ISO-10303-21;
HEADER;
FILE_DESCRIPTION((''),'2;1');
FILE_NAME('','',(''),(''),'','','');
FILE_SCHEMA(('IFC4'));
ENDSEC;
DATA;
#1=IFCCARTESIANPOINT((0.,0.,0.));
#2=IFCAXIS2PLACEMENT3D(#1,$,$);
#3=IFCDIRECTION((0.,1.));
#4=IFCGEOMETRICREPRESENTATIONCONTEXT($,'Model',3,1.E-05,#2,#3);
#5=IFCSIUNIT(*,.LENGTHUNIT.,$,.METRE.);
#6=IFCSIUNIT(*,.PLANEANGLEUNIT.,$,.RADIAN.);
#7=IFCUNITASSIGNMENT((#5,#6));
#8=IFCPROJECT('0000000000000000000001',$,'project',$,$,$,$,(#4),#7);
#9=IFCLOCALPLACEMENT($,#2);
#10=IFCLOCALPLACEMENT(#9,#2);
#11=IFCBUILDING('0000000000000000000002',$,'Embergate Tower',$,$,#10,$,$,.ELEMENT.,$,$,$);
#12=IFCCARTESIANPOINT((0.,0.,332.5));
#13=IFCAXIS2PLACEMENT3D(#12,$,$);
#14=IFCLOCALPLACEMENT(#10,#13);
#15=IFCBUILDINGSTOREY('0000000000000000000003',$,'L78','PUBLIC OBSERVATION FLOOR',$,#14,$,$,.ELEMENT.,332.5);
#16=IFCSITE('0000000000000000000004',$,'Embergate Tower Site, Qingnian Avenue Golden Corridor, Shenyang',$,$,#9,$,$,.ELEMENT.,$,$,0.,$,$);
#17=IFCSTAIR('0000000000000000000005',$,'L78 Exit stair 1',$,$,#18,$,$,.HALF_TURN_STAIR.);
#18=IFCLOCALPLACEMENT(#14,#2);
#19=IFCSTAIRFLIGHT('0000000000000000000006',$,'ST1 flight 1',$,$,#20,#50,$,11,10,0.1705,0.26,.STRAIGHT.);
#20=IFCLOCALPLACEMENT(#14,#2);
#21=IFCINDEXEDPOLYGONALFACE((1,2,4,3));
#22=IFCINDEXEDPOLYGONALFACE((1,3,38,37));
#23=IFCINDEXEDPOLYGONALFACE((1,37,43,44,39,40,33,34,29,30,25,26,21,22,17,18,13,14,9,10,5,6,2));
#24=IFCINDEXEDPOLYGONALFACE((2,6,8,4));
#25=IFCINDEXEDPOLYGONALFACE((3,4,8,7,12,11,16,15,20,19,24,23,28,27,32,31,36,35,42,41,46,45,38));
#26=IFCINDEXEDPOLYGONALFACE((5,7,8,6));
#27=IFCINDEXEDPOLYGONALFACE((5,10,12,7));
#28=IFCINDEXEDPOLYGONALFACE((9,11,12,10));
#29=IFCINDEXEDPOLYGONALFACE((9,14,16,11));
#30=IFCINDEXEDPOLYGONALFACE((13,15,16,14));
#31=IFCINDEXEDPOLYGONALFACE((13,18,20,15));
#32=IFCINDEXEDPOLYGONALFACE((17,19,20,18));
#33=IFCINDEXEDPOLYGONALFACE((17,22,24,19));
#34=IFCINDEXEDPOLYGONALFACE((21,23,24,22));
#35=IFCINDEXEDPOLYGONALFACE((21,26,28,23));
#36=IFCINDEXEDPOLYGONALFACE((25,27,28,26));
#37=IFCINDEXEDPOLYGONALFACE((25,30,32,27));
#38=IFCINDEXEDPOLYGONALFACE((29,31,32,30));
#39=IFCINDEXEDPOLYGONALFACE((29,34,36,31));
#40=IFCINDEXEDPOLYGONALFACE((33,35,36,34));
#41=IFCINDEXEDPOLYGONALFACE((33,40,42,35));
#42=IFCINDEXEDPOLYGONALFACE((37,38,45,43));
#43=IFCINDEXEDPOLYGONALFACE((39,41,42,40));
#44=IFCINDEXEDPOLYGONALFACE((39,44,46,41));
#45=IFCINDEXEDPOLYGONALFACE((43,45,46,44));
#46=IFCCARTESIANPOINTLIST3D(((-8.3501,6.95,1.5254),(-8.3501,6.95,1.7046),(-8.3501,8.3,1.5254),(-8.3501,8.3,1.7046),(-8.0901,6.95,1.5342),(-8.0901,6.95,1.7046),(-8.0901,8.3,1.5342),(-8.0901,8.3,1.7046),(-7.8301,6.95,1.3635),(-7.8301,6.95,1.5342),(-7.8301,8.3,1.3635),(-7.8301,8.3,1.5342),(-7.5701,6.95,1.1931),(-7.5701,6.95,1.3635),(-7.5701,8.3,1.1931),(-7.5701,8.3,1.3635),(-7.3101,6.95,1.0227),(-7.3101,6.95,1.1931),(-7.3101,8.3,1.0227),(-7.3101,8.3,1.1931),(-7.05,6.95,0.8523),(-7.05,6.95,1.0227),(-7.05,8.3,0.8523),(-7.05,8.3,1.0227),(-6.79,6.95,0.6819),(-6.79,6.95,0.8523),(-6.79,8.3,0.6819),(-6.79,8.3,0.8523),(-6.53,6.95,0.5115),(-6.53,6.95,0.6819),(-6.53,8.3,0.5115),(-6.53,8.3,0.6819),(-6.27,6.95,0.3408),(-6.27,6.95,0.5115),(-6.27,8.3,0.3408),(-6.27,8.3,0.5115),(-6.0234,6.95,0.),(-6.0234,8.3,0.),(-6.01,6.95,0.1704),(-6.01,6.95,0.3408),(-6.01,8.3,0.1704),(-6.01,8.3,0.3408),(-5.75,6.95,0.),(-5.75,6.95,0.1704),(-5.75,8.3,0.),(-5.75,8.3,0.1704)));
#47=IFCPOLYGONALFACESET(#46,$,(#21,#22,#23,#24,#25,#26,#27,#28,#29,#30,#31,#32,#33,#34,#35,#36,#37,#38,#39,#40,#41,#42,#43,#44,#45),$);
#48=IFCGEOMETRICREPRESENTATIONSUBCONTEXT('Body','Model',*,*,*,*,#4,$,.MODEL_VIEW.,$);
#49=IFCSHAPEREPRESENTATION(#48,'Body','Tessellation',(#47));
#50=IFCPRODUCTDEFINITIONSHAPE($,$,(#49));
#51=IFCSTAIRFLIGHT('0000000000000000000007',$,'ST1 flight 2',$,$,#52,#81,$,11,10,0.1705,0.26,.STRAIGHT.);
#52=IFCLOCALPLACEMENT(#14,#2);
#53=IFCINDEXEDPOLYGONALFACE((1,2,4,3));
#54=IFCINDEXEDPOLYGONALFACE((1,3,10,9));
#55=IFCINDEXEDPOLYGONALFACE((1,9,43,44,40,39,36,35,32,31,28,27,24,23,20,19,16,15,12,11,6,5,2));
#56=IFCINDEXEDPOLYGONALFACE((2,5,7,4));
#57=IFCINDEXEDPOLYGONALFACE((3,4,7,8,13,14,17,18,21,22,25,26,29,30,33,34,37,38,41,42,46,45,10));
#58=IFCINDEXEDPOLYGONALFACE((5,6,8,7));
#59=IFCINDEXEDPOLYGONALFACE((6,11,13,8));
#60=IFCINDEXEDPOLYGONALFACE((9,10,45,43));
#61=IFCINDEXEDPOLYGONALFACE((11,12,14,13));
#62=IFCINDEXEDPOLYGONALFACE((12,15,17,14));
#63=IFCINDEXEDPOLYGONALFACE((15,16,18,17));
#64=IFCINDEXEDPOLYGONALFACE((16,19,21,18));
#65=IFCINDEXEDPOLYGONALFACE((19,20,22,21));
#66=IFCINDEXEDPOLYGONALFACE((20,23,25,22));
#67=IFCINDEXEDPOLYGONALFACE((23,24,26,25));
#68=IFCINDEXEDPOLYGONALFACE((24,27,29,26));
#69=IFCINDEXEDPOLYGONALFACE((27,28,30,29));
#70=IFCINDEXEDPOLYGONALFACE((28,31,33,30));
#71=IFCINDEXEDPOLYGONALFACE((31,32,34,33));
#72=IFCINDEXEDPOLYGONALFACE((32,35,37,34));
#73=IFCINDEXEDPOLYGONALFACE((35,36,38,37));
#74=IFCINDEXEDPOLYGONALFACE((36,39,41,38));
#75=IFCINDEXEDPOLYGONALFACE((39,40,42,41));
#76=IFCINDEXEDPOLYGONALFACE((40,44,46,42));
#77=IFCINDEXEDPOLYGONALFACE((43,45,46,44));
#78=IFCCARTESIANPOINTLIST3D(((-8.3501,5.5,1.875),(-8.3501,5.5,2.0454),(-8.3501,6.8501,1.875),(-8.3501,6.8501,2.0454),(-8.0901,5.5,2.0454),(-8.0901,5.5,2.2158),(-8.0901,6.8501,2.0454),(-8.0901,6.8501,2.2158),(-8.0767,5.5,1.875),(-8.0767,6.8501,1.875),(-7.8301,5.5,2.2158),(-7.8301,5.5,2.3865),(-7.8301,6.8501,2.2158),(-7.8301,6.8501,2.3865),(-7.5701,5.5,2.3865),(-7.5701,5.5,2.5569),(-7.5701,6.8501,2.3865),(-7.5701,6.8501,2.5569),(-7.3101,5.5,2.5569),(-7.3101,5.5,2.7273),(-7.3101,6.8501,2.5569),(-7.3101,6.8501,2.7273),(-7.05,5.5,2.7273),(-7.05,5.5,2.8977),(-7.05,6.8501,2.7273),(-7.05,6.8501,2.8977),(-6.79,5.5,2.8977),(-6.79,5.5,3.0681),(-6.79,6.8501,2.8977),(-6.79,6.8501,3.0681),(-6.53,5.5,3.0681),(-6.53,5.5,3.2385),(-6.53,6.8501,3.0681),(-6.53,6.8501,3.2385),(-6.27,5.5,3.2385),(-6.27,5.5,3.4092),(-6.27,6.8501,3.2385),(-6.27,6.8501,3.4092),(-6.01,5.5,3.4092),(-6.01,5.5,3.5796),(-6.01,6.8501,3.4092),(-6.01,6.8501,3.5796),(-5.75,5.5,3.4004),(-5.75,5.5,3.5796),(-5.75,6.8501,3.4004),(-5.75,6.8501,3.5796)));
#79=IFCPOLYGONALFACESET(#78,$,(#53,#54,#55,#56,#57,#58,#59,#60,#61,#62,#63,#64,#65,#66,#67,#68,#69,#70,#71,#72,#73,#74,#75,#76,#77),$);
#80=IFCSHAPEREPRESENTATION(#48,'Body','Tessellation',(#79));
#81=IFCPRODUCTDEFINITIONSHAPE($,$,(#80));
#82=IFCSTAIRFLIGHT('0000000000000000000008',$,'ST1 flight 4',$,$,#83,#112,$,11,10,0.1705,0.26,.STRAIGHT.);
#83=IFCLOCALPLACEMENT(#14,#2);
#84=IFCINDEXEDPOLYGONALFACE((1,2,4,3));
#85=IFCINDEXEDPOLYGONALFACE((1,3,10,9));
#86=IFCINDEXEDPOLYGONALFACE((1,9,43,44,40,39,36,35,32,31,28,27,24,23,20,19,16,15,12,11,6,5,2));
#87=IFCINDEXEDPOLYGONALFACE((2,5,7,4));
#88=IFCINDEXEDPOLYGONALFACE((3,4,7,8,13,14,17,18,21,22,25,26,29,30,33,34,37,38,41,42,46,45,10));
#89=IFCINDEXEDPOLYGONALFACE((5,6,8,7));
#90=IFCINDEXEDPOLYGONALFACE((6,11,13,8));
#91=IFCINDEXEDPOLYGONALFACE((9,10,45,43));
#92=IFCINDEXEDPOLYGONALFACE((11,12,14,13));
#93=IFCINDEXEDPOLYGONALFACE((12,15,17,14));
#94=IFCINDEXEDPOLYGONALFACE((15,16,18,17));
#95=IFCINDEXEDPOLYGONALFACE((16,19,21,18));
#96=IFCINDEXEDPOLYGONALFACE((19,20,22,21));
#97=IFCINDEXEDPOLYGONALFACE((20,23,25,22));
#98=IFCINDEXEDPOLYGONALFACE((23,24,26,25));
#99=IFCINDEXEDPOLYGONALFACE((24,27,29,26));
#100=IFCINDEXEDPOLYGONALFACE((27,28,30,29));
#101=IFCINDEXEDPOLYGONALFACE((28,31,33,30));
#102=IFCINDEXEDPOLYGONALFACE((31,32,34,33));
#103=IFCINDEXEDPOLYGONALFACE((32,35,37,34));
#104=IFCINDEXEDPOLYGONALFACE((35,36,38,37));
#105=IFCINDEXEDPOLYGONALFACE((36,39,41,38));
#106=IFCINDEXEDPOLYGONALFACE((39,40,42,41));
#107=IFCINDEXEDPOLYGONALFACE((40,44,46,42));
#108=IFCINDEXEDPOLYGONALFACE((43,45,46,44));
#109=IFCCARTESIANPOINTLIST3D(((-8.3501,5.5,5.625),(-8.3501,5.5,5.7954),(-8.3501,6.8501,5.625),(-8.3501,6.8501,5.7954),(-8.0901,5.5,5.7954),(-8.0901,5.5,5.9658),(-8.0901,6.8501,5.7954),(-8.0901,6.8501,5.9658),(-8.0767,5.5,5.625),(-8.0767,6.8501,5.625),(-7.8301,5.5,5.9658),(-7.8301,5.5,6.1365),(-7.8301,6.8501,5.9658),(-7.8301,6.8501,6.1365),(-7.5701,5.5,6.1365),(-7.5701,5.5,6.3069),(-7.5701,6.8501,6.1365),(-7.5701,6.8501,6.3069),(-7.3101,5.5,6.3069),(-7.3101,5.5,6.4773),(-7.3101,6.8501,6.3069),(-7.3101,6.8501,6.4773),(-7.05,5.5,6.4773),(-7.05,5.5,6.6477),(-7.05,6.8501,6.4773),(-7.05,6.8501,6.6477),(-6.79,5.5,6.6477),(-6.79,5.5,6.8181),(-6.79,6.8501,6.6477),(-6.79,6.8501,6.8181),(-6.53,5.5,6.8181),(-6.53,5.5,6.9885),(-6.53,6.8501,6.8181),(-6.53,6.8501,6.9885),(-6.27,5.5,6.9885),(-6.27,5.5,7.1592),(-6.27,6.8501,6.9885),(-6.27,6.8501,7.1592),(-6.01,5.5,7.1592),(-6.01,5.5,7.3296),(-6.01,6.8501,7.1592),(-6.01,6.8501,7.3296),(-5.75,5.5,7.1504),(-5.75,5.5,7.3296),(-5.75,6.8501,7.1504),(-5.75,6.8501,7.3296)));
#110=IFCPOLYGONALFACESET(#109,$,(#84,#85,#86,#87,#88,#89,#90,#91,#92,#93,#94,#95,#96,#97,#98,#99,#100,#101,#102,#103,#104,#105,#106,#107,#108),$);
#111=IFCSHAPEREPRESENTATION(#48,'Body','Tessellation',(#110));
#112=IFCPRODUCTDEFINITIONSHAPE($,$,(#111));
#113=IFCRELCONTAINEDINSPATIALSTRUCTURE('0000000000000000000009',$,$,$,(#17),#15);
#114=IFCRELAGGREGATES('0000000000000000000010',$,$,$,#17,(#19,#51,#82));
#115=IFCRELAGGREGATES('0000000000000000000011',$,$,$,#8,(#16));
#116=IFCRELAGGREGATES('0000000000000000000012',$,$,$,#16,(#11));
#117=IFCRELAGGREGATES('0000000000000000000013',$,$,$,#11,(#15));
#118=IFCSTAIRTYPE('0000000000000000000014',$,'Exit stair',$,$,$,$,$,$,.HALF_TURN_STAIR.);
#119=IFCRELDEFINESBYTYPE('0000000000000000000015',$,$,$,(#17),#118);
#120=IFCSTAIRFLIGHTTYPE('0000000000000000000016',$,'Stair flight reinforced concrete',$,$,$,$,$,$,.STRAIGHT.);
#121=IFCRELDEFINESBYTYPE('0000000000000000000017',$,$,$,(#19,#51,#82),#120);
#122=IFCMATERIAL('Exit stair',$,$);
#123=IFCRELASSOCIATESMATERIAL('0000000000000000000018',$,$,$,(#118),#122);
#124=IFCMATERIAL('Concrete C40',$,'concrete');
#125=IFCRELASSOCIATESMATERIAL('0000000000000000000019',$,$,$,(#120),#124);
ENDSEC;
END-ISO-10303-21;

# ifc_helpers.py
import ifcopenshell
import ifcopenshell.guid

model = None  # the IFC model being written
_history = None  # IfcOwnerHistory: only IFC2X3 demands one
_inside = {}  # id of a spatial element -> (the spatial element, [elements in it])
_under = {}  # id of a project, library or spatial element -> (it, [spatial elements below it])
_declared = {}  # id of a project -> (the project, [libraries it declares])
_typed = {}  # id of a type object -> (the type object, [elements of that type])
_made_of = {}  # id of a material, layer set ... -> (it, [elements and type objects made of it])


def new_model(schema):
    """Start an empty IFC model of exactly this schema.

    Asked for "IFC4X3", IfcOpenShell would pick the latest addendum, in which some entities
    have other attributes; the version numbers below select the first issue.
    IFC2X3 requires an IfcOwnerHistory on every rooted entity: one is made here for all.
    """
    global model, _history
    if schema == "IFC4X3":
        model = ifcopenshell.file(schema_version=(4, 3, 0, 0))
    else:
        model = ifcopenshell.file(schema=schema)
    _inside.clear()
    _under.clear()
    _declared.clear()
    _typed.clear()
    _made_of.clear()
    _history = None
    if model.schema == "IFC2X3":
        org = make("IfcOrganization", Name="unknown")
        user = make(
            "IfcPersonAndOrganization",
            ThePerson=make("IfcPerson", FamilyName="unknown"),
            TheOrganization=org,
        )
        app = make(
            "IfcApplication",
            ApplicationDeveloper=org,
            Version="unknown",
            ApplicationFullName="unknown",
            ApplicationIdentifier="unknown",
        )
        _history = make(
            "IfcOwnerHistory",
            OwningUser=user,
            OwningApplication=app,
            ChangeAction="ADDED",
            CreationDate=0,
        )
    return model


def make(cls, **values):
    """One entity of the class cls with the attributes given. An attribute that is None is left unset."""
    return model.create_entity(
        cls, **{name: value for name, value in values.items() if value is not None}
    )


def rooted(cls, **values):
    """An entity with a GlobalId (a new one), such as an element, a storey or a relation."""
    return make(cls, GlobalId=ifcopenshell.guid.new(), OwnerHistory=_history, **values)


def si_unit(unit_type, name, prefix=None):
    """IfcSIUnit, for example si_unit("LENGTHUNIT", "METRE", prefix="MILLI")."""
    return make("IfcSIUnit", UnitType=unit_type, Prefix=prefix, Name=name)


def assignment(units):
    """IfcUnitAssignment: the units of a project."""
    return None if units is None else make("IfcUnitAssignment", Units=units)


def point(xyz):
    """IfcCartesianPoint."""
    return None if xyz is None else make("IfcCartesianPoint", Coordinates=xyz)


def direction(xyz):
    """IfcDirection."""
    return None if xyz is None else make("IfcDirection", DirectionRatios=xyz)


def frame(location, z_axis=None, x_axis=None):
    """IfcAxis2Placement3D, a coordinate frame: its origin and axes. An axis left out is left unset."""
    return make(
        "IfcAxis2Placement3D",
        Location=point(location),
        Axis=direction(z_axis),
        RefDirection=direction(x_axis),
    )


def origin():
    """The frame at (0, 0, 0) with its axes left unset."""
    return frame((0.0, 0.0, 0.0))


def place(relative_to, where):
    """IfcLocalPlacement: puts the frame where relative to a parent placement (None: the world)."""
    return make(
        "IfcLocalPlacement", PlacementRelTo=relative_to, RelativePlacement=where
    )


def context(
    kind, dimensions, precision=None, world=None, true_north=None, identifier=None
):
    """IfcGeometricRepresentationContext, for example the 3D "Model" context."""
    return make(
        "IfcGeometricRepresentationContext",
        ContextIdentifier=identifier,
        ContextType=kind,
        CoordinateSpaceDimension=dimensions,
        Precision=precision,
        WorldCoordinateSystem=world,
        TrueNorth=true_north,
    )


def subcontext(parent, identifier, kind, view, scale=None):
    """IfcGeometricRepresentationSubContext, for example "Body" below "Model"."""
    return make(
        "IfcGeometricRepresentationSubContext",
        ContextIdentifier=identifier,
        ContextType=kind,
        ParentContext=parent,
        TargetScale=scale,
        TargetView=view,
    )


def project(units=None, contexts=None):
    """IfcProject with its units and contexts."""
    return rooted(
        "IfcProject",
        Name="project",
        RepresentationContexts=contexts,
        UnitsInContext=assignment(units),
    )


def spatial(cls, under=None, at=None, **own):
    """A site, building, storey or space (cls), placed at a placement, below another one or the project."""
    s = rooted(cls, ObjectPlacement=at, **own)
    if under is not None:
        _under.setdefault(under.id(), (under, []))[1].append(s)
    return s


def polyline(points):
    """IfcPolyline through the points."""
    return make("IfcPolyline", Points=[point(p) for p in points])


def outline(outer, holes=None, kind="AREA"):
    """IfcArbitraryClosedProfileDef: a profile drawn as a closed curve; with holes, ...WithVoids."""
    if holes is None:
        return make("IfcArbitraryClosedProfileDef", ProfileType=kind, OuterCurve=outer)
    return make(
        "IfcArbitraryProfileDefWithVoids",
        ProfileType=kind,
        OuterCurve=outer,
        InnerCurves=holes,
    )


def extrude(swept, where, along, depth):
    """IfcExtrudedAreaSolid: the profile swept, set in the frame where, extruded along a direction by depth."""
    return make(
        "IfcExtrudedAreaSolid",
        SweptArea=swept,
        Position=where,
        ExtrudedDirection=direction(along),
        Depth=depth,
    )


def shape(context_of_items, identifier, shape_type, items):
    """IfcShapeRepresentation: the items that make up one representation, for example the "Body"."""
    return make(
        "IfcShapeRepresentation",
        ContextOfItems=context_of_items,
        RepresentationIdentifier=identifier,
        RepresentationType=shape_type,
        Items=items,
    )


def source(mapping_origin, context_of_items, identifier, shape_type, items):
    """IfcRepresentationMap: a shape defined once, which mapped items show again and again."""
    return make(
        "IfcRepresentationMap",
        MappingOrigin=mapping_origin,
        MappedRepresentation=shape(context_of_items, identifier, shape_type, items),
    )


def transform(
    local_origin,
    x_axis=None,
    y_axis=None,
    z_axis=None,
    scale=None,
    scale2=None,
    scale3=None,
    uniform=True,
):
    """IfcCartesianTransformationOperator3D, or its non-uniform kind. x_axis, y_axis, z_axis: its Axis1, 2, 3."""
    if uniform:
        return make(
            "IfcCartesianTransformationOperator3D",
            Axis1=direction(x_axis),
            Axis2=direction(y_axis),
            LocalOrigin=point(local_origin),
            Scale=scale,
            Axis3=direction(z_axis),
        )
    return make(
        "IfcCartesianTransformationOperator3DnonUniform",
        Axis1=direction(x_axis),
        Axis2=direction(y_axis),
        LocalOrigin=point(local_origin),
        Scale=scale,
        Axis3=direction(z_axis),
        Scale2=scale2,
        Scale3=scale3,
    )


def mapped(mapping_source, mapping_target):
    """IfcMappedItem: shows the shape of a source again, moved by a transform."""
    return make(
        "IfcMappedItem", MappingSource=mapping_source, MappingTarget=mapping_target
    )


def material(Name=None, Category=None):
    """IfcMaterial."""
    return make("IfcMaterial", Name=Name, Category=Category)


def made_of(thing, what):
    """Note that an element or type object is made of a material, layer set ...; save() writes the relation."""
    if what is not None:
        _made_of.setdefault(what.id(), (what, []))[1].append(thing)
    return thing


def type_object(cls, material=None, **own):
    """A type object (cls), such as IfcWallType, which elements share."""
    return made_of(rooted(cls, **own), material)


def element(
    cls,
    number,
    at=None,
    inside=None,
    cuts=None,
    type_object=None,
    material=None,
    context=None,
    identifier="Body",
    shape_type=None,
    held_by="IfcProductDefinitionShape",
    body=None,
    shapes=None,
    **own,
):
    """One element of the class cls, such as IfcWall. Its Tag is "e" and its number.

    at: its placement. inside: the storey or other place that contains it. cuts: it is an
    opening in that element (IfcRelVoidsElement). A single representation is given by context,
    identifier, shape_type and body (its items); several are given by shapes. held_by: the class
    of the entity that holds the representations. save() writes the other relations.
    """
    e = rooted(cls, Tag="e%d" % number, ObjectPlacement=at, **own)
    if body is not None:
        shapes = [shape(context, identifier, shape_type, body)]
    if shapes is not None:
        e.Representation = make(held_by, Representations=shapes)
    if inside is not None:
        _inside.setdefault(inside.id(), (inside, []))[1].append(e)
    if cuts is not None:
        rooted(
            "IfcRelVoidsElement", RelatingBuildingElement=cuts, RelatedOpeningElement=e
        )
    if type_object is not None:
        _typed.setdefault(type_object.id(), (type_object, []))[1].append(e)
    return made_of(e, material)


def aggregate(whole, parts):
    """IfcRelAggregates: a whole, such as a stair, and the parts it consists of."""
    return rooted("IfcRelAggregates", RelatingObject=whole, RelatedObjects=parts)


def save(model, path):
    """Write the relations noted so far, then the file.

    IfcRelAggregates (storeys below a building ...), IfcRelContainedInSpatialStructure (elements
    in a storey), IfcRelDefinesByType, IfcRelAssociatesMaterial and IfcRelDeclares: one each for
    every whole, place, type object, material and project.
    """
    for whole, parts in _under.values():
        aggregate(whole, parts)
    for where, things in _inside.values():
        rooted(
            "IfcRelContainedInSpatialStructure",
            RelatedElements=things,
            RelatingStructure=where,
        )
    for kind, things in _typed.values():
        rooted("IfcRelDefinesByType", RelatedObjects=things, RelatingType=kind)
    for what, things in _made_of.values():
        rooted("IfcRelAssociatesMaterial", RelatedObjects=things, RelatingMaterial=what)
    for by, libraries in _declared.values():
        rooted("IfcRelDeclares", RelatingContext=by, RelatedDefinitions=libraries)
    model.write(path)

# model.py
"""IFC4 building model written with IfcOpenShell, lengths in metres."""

from ifc_helpers import new_model, si_unit, direction, frame, origin, place, context, subcontext, project, spatial, polyline, outline, extrude, source, transform, mapped, material, type_object, element, aggregate, save


model = new_model("IFC4")

# Units and contexts
model_context = context("Model", 3, precision=1e-05, world=origin(), true_north=direction((0.0, 1.0)))
body_context = subcontext(model_context, "Body", "Model", "MODEL_VIEW")
ifc_project = project(units=[si_unit("LENGTHUNIT", "METRE"), si_unit("PLANEANGLEUNIT", "RADIAN")], contexts=[model_context])

# Site, building, storey
site_placement = place(None, origin())
site = spatial("IfcSite", under=ifc_project, at=site_placement, Name="Embergate Tower Site, Qingnian Avenue Golden Corridor, Shenyang", CompositionType="ELEMENT", RefElevation=0.0)
building_placement = place(site_placement, origin())
building = spatial("IfcBuilding", under=site, at=building_placement, Name="Embergate Tower", CompositionType="ELEMENT")
storey_placement = place(building_placement, frame((0.0, 0.0, 332.5)))
storey = spatial("IfcBuildingStorey", under=building, at=storey_placement, Name="L78", Description="PUBLIC OBSERVATION FLOOR", CompositionType="ELEMENT", Elevation=332.5)

# Stair
ifc_material_1 = material(Name="Exit stair")
stair_type = type_object("IfcStairType", Name="Exit stair", PredefinedType="HALF_TURN_STAIR", material=ifc_material_1)
stair_placement = place(storey_placement, origin())
stair = element("IfcStair", 1, at=stair_placement, inside=storey, type_object=stair_type, Name="L78 Exit stair 1", PredefinedType="HALF_TURN_STAIR")
ifc_material_2 = material(Name="Concrete C40", Category="concrete")

# Stair flights
stair_flight_type = type_object("IfcStairFlightType", Name="Stair flight reinforced concrete", PredefinedType="STRAIGHT", material=ifc_material_2)
shared_shape_1 = source(origin(), body_context, "Body", "SweptSolid", [
    extrude(outline(polyline([(0.0, 0.0), (0.0, 0.1704), (0.26, 0.1704), (0.26, 0.3408), (0.52, 0.3408), (0.52, 0.5115), (0.78, 0.5115), (0.78, 0.6819), (1.04, 0.6819), (1.04, 0.8523), (1.3, 0.8523), (1.3, 1.0227), (1.5601, 1.0227), (1.5601, 1.1931), (1.8201, 1.1931), (1.8201, 1.3635), (2.0801, 1.3635), (2.0801, 1.5342), (2.3401, 1.5342), (2.3401, 1.7046), (2.6001, 1.7046), (2.6001, 1.875), (2.6001, 1.5254), (0.2734, 0.0), (0.0, 0.0)])), frame((0.0, 0.675, 0.0), z_axis=(0.0, -1.0, 0.0), x_axis=(1.0, 0.0, 0.0)), (0.0, 0.0, 1.0), 1.3501),
])
stair_flight_1_placement = place(storey_placement, frame((-5.75, 7.625, 0.0), z_axis=(0.0, 0.0, 1.0), x_axis=(-1.0, 0.0, 0.0)))
stair_flight_1 = element("IfcStairFlight", 2, at=stair_flight_1_placement, type_object=stair_flight_type, Name="ST1 flight 1", NumberOfRisers=11, NumberOfTreads=10, PredefinedType="STRAIGHT", RiserHeight=0.1705, TreadLength=0.26, context=body_context, shape_type="MappedRepresentation", body=[
    mapped(shared_shape_1, transform((0.0, 0.0, 0.0))),
])
stair_flight_2_placement = place(storey_placement, frame((-8.3501, 6.175, 1.875), z_axis=(0.0, 0.0, 1.0), x_axis=(1.0, 0.0, 0.0)))
stair_flight_2 = element("IfcStairFlight", 3, at=stair_flight_2_placement, type_object=stair_flight_type, Name="ST1 flight 2", NumberOfRisers=11, NumberOfTreads=10, PredefinedType="STRAIGHT", RiserHeight=0.1705, TreadLength=0.26, context=body_context, shape_type="MappedRepresentation", body=[
    mapped(shared_shape_1, transform((0.0, 0.0, 0.0))),
])
stair_flight_3_placement = place(storey_placement, frame((-8.3501, 6.175, 5.625), z_axis=(0.0, 0.0, 1.0), x_axis=(1.0, 0.0, 0.0)))
stair_flight_3 = element("IfcStairFlight", 4, at=stair_flight_3_placement, type_object=stair_flight_type, Name="ST1 flight 4", NumberOfRisers=11, NumberOfTreads=10, PredefinedType="STRAIGHT", RiserHeight=0.1705, TreadLength=0.26, context=body_context, shape_type="MappedRepresentation", body=[
    mapped(shared_shape_1, transform((0.0, 0.0, 0.0))),
])
aggregate(stair, [stair_flight_1, stair_flight_2, stair_flight_3])

save(model, "model.ifc")
